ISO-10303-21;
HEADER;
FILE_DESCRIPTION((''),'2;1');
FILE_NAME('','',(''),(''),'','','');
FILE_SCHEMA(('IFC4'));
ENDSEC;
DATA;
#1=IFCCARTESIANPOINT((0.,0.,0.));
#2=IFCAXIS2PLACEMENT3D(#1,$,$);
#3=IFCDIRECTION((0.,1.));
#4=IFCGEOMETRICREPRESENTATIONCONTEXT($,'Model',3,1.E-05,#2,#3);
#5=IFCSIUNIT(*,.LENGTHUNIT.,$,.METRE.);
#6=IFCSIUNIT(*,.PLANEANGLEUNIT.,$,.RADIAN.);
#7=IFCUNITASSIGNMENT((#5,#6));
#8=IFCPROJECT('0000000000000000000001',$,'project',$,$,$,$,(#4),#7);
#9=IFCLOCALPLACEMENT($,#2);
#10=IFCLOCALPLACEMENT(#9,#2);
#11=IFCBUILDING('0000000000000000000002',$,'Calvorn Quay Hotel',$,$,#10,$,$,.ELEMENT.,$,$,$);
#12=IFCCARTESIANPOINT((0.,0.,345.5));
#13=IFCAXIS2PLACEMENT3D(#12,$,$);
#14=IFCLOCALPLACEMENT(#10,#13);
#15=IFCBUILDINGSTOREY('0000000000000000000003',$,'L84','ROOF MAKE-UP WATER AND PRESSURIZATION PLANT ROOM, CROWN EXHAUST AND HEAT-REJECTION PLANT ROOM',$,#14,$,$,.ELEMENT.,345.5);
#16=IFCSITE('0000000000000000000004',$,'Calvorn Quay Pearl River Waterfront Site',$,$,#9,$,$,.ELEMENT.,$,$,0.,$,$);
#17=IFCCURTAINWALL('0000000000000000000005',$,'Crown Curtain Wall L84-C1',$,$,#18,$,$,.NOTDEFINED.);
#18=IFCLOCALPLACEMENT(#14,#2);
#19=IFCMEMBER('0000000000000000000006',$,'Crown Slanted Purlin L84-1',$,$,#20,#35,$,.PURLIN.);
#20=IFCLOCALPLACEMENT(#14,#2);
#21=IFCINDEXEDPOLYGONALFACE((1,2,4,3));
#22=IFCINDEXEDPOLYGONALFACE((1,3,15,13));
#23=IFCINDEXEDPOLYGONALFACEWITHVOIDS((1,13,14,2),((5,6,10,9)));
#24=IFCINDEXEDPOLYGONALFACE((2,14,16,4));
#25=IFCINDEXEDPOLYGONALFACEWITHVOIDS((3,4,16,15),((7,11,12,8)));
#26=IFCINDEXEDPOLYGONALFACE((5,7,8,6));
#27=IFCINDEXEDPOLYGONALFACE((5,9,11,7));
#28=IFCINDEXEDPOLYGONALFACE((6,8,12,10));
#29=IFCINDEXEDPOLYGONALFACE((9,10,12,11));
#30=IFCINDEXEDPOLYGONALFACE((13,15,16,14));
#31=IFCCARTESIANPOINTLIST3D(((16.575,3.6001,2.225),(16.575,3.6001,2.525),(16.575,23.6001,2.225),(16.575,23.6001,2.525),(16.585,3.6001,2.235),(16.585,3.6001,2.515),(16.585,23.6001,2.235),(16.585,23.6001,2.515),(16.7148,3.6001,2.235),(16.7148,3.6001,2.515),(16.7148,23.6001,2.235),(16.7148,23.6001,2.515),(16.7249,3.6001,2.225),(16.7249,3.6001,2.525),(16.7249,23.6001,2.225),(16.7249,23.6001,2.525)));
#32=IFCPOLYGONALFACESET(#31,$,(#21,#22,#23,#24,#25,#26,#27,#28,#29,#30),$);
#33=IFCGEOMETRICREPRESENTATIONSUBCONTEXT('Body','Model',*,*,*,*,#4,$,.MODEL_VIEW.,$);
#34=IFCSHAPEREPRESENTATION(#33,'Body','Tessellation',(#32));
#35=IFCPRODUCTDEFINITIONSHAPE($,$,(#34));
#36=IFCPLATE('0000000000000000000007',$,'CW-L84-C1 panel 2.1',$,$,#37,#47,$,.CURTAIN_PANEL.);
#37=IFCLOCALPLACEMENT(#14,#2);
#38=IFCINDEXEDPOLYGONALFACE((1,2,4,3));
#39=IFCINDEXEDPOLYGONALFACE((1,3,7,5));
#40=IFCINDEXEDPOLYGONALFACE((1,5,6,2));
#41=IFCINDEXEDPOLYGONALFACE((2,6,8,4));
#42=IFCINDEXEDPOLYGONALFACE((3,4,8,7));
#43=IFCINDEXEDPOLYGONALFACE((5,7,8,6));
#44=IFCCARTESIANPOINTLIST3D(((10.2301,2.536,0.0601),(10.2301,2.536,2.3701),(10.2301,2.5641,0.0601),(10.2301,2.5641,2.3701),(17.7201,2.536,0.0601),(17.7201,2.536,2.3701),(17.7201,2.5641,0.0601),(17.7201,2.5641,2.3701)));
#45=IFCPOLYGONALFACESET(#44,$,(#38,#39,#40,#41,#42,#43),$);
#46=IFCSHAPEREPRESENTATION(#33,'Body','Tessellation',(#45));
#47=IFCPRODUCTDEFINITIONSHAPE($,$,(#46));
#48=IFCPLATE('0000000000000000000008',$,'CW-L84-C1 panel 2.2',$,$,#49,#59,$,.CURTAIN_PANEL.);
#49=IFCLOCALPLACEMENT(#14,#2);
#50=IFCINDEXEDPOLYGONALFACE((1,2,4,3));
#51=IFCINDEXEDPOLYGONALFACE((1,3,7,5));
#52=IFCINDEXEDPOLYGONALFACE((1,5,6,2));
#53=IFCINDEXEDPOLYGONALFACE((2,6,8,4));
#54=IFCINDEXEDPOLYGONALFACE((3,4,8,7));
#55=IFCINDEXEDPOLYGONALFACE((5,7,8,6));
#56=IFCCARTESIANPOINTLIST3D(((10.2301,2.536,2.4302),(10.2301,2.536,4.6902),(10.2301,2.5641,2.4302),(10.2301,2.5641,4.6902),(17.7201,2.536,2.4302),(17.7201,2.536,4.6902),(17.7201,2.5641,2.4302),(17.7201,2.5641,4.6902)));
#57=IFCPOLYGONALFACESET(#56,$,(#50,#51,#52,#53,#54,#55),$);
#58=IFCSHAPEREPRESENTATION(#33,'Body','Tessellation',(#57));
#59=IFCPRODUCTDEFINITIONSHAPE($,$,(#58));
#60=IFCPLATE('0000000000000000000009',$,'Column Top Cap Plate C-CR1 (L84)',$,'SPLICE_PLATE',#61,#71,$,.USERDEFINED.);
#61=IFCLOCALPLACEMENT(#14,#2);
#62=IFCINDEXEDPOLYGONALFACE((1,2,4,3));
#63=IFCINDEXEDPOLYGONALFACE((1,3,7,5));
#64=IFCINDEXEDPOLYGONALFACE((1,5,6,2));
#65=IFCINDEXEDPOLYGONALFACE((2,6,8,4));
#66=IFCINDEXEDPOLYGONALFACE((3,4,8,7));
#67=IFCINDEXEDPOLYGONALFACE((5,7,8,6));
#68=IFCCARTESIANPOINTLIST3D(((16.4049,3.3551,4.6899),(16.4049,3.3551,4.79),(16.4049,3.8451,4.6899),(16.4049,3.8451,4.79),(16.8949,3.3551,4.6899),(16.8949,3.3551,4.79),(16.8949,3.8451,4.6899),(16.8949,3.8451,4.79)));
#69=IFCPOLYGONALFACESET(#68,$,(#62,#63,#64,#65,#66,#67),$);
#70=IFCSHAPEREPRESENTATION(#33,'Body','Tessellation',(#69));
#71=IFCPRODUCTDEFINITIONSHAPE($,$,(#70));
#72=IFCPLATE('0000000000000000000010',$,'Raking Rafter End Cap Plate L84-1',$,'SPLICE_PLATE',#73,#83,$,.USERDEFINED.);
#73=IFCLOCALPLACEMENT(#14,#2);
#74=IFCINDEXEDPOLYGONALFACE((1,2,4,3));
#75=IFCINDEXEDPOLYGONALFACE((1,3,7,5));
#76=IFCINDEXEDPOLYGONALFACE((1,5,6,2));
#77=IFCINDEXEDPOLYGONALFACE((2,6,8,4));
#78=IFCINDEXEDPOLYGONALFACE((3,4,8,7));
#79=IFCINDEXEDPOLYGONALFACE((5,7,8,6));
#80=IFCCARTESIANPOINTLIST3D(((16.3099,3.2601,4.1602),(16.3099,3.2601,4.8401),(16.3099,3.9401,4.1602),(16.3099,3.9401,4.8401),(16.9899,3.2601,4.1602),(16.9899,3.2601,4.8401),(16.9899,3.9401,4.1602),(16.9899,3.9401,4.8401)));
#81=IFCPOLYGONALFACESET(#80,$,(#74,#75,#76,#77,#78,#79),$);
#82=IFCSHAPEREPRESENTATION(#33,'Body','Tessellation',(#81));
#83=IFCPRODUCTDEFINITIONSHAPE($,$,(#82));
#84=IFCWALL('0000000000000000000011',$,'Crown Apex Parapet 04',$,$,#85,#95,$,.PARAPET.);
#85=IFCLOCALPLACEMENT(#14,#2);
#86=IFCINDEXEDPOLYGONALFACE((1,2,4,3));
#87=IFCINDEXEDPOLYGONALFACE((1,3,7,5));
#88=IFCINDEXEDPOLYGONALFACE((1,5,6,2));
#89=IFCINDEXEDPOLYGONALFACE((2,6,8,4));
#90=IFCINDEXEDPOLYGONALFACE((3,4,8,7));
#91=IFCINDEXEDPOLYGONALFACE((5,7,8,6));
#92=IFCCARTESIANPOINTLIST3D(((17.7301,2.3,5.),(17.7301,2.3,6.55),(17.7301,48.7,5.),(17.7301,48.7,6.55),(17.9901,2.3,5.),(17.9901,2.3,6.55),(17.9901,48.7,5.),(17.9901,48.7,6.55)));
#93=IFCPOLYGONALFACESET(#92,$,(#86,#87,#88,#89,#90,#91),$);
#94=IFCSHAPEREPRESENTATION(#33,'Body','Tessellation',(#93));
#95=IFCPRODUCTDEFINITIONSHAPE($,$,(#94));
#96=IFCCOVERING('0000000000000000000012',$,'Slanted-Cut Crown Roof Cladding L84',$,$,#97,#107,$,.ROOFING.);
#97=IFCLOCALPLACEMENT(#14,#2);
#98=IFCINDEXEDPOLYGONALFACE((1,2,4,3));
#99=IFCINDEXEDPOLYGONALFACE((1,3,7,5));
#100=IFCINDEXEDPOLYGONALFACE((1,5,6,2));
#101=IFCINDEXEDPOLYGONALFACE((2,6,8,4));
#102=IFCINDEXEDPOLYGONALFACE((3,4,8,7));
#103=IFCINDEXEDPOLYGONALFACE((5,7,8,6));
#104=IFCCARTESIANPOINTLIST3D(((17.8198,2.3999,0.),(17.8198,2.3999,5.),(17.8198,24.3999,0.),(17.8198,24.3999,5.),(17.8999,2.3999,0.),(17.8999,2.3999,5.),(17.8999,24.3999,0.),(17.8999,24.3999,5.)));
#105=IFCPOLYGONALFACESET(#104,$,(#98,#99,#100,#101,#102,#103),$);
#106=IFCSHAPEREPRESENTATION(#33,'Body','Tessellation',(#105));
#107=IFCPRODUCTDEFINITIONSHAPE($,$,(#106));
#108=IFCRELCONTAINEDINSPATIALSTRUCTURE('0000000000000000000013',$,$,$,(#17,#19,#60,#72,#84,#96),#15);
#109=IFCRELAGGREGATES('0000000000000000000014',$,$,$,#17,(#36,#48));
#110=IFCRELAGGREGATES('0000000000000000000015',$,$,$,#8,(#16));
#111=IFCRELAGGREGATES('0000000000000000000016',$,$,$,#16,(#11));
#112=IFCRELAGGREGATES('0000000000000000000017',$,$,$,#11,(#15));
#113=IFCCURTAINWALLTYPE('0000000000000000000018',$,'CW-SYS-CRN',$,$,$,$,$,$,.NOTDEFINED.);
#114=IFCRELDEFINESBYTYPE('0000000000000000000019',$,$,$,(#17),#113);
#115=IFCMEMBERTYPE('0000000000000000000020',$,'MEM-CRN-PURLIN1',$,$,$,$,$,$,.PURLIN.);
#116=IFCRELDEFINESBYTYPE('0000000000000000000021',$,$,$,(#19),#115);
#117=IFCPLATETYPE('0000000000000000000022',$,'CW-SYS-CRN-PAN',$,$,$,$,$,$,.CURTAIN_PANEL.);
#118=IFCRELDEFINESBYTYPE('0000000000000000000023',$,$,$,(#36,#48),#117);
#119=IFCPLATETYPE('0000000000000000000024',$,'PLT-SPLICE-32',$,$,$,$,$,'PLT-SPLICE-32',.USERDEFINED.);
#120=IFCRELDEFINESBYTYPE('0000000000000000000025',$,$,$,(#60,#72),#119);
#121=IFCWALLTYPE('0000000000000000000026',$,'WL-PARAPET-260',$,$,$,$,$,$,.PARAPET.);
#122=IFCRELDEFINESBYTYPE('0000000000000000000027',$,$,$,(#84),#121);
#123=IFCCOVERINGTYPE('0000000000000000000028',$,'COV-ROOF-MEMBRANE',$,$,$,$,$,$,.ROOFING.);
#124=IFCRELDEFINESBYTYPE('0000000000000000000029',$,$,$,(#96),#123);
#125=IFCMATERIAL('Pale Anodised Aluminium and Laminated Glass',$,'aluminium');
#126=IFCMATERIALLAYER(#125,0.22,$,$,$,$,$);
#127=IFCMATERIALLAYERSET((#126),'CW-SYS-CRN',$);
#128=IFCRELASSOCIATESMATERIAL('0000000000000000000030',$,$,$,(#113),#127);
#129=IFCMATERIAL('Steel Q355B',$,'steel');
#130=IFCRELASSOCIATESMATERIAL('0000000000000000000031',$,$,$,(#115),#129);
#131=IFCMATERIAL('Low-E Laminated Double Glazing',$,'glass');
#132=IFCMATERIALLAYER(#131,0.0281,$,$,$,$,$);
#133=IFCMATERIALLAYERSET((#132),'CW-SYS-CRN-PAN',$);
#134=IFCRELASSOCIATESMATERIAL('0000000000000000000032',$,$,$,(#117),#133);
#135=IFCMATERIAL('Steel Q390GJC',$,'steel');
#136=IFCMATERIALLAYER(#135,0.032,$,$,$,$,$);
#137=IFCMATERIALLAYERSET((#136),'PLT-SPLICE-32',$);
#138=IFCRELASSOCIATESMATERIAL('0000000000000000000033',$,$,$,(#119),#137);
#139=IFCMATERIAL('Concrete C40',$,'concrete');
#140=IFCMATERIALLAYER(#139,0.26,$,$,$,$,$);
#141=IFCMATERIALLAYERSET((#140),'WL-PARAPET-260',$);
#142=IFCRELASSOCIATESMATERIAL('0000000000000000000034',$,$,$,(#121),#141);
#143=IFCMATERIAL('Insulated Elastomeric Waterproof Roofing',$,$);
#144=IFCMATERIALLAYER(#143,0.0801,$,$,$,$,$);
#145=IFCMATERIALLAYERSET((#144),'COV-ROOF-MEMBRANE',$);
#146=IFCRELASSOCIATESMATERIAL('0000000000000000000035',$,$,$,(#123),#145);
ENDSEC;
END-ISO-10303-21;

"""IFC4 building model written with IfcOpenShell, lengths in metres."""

from ifc_helpers import new_model, si_unit, direction, frame, frame_2d, origin, origin_2d, place, context, subcontext, project, spatial, polyline, rectangle, hollow_rectangle, outline, extrude, material, layer, layer_set, material_profile, profile_set, type_object, element, aggregate, save


model = new_model("IFC4")

# Units and contexts
model_context = context("Model", 3, precision=1e-05, world=origin(), true_north=direction((0.0, 1.0)))
body_context = subcontext(model_context, "Body", "Model", "MODEL_VIEW")
ifc_project = project(units=[si_unit("LENGTHUNIT", "METRE"), si_unit("PLANEANGLEUNIT", "RADIAN")], contexts=[model_context])

# Site, building, storey
site_placement = place(None, origin())
site = spatial("IfcSite", under=ifc_project, at=site_placement, Name="Calvorn Quay Pearl River Waterfront Site", CompositionType="ELEMENT", RefElevation=0.0)
building_placement = place(site_placement, origin())
building = spatial("IfcBuilding", under=site, at=building_placement, Name="Calvorn Quay Hotel", CompositionType="ELEMENT")
storey_placement = place(building_placement, frame((0.0, 0.0, 345.5)))
storey = spatial("IfcBuildingStorey", under=building, at=storey_placement, Name="L84", Description="ROOF MAKE-UP WATER AND PRESSURIZATION PLANT ROOM, CROWN EXHAUST AND HEAT-REJECTION PLANT ROOM", CompositionType="ELEMENT", Elevation=345.5)

# Curtain wall
ifc_material_1 = material(Name="Pale Anodised Aluminium and Laminated Glass", Category="aluminium")
ifc_layer_1 = layer(ifc_material_1, 0.22)
ifc_layer_set_1 = layer_set([ifc_layer_1], Name="CW-SYS-CRN")
curtain_wall_type = type_object("IfcCurtainWallType", Name="CW-SYS-CRN", PredefinedType="NOTDEFINED", material=ifc_layer_set_1)
curtain_wall_1_placement = place(storey_placement, origin())
curtain_wall_1 = element("IfcCurtainWall", 1, at=curtain_wall_1_placement, inside=storey, type_object=curtain_wall_type, Name="Crown Curtain Wall L84-C1", PredefinedType="NOTDEFINED")

# Member
ifc_material_2 = material(Name="Steel Q355B", Category="steel")
ifc_material_profile_1 = material_profile(ifc_material_2, hollow_rectangle(XDim=0.1499, YDim=0.3, WallThickness=0.01, at=origin_2d()), Name="RHS300x150x10")
ifc_profile_set_1 = profile_set([ifc_material_profile_1], Name="Steel Q355B")
member_type_1 = type_object("IfcMemberType", Name="MEM-CRN-PURLIN1", PredefinedType="PURLIN", material=ifc_profile_set_1)
member_1_placement = place(storey_placement, frame((16.6499, 3.6001, 2.375), z_axis=(0.0, 1.0, 0.0), x_axis=(-1.0, 0.0, 0.0)))
element("IfcMember", 2, at=member_1_placement, inside=storey, type_object=member_type_1, Name="Crown Slanted Purlin L84-1", PredefinedType="PURLIN", context=body_context, shape_type="SweptSolid", body=[
    extrude(hollow_rectangle(XDim=0.1499, YDim=0.3, WallThickness=0.01, at=origin_2d()), origin(), (0.0, 0.0, 1.0), 20.0),
])

# Plates
ifc_material_3 = material(Name="Low-E Laminated Double Glazing", Category="glass")
ifc_layer_2 = layer(ifc_material_3, 0.0281)
ifc_layer_set_2 = layer_set([ifc_layer_2], Name="CW-SYS-CRN-PAN")
plate_type_1 = type_object("IfcPlateType", Name="CW-SYS-CRN-PAN", PredefinedType="CURTAIN_PANEL", material=ifc_layer_set_2)
plate_1_placement = place(storey_placement, frame((13.9751, 2.55, 0.0601), z_axis=(0.0, 0.0, 1.0), x_axis=(1.0, 0.0, 0.0)))
plate_1 = element("IfcPlate", 3, at=plate_1_placement, type_object=plate_type_1, Name="CW-L84-C1 panel 2.1", PredefinedType="CURTAIN_PANEL", context=body_context, shape_type="SweptSolid", body=[
    extrude(rectangle(XDim=7.49, YDim=0.0281, at=origin_2d()), origin(), (0.0, 0.0, 1.0), 2.3101),
])
plate_2_placement = place(storey_placement, frame((13.9751, 2.55, 2.4302), z_axis=(0.0, 0.0, 1.0), x_axis=(1.0, 0.0, 0.0)))
plate_2 = element("IfcPlate", 4, at=plate_2_placement, type_object=plate_type_1, Name="CW-L84-C1 panel 2.2", PredefinedType="CURTAIN_PANEL", context=body_context, shape_type="SweptSolid", body=[
    extrude(rectangle(XDim=7.49, YDim=0.0281, at=origin_2d()), origin(), (0.0, 0.0, 1.0), 2.26),
])
aggregate(curtain_wall_1, [plate_1, plate_2])

# Plates
ifc_material_4 = material(Name="Steel Q390GJC", Category="steel")
ifc_layer_3 = layer(ifc_material_4, 0.032)
ifc_layer_set_3 = layer_set([ifc_layer_3], Name="PLT-SPLICE-32")
plate_type_2 = type_object("IfcPlateType", Name="PLT-SPLICE-32", ElementType="PLT-SPLICE-32", PredefinedType="USERDEFINED", material=ifc_layer_set_3)
plate_3_placement = place(storey_placement, frame((16.6499, 3.6001, 4.6899), z_axis=(0.0, 0.0, 1.0), x_axis=(1.0, 0.0, 0.0)))
element("IfcPlate", 5, at=plate_3_placement, inside=storey, type_object=plate_type_2, Name="Column Top Cap Plate C-CR1 (L84)", ObjectType="SPLICE_PLATE", PredefinedType="USERDEFINED", context=body_context, shape_type="SweptSolid", body=[
    extrude(rectangle(XDim=0.49, YDim=0.49, at=origin_2d()), origin(), (0.0, 0.0, 1.0), 0.1001),
])
plate_4_placement = place(storey_placement, frame((16.6499, 3.6001, 4.1602), z_axis=(0.0, 0.0, 1.0), x_axis=(1.0, 0.0, 0.0)))
element("IfcPlate", 6, at=plate_4_placement, inside=storey, type_object=plate_type_2, Name="Raking Rafter End Cap Plate L84-1", ObjectType="SPLICE_PLATE", PredefinedType="USERDEFINED", context=body_context, shape_type="SweptSolid", body=[
    extrude(rectangle(XDim=0.6799, YDim=0.6799, at=origin_2d()), origin(), (0.0, 0.0, 1.0), 0.6799),
])

# Wall
ifc_material_5 = material(Name="Concrete C40", Category="concrete")
ifc_layer_4 = layer(ifc_material_5, 0.26)
ifc_layer_set_4 = layer_set([ifc_layer_4], Name="WL-PARAPET-260")
wall_type = type_object("IfcWallType", Name="WL-PARAPET-260", PredefinedType="PARAPET", material=ifc_layer_set_4)
wall_placement = place(storey_placement, frame((17.8601, 2.3, 5.0), z_axis=(0.0, 0.0, 1.0), x_axis=(0.0, 1.0, 0.0)))
element("IfcWall", 7, at=wall_placement, inside=storey, type_object=wall_type, Name="Crown Apex Parapet 04", PredefinedType="PARAPET", context=body_context, shape_type="SweptSolid", body=[
    extrude(rectangle(XDim=46.3999, YDim=0.26, at=frame_2d((23.2, 0.0))), origin(), (0.0, 0.0, 1.0), 1.55),
])

# Covering
ifc_material_6 = material(Name="Insulated Elastomeric Waterproof Roofing")
ifc_layer_5 = layer(ifc_material_6, 0.0801)
ifc_layer_set_5 = layer_set([ifc_layer_5], Name="COV-ROOF-MEMBRANE")
covering_type = type_object("IfcCoveringType", Name="COV-ROOF-MEMBRANE", PredefinedType="ROOFING", material=ifc_layer_set_5)
covering_placement = place(storey_placement, frame((17.8999, 2.3999, 5.0), z_axis=(1.0, 0.0, 0.0), x_axis=(0.0, 0.0, -1.0)))
element("IfcCovering", 8, at=covering_placement, inside=storey, type_object=covering_type, Name="Slanted-Cut Crown Roof Cladding L84", PredefinedType="ROOFING", context=body_context, shape_type="SweptSolid", body=[
    extrude(outline(polyline([(0.0, 0.0), (5.0, 0.0), (5.0, 22.0), (0.0, 22.0), (0.0, 0.0)])), origin(), (0.0, 0.0, -1.0), 0.0801),
])

save(model, "model.ifc")
